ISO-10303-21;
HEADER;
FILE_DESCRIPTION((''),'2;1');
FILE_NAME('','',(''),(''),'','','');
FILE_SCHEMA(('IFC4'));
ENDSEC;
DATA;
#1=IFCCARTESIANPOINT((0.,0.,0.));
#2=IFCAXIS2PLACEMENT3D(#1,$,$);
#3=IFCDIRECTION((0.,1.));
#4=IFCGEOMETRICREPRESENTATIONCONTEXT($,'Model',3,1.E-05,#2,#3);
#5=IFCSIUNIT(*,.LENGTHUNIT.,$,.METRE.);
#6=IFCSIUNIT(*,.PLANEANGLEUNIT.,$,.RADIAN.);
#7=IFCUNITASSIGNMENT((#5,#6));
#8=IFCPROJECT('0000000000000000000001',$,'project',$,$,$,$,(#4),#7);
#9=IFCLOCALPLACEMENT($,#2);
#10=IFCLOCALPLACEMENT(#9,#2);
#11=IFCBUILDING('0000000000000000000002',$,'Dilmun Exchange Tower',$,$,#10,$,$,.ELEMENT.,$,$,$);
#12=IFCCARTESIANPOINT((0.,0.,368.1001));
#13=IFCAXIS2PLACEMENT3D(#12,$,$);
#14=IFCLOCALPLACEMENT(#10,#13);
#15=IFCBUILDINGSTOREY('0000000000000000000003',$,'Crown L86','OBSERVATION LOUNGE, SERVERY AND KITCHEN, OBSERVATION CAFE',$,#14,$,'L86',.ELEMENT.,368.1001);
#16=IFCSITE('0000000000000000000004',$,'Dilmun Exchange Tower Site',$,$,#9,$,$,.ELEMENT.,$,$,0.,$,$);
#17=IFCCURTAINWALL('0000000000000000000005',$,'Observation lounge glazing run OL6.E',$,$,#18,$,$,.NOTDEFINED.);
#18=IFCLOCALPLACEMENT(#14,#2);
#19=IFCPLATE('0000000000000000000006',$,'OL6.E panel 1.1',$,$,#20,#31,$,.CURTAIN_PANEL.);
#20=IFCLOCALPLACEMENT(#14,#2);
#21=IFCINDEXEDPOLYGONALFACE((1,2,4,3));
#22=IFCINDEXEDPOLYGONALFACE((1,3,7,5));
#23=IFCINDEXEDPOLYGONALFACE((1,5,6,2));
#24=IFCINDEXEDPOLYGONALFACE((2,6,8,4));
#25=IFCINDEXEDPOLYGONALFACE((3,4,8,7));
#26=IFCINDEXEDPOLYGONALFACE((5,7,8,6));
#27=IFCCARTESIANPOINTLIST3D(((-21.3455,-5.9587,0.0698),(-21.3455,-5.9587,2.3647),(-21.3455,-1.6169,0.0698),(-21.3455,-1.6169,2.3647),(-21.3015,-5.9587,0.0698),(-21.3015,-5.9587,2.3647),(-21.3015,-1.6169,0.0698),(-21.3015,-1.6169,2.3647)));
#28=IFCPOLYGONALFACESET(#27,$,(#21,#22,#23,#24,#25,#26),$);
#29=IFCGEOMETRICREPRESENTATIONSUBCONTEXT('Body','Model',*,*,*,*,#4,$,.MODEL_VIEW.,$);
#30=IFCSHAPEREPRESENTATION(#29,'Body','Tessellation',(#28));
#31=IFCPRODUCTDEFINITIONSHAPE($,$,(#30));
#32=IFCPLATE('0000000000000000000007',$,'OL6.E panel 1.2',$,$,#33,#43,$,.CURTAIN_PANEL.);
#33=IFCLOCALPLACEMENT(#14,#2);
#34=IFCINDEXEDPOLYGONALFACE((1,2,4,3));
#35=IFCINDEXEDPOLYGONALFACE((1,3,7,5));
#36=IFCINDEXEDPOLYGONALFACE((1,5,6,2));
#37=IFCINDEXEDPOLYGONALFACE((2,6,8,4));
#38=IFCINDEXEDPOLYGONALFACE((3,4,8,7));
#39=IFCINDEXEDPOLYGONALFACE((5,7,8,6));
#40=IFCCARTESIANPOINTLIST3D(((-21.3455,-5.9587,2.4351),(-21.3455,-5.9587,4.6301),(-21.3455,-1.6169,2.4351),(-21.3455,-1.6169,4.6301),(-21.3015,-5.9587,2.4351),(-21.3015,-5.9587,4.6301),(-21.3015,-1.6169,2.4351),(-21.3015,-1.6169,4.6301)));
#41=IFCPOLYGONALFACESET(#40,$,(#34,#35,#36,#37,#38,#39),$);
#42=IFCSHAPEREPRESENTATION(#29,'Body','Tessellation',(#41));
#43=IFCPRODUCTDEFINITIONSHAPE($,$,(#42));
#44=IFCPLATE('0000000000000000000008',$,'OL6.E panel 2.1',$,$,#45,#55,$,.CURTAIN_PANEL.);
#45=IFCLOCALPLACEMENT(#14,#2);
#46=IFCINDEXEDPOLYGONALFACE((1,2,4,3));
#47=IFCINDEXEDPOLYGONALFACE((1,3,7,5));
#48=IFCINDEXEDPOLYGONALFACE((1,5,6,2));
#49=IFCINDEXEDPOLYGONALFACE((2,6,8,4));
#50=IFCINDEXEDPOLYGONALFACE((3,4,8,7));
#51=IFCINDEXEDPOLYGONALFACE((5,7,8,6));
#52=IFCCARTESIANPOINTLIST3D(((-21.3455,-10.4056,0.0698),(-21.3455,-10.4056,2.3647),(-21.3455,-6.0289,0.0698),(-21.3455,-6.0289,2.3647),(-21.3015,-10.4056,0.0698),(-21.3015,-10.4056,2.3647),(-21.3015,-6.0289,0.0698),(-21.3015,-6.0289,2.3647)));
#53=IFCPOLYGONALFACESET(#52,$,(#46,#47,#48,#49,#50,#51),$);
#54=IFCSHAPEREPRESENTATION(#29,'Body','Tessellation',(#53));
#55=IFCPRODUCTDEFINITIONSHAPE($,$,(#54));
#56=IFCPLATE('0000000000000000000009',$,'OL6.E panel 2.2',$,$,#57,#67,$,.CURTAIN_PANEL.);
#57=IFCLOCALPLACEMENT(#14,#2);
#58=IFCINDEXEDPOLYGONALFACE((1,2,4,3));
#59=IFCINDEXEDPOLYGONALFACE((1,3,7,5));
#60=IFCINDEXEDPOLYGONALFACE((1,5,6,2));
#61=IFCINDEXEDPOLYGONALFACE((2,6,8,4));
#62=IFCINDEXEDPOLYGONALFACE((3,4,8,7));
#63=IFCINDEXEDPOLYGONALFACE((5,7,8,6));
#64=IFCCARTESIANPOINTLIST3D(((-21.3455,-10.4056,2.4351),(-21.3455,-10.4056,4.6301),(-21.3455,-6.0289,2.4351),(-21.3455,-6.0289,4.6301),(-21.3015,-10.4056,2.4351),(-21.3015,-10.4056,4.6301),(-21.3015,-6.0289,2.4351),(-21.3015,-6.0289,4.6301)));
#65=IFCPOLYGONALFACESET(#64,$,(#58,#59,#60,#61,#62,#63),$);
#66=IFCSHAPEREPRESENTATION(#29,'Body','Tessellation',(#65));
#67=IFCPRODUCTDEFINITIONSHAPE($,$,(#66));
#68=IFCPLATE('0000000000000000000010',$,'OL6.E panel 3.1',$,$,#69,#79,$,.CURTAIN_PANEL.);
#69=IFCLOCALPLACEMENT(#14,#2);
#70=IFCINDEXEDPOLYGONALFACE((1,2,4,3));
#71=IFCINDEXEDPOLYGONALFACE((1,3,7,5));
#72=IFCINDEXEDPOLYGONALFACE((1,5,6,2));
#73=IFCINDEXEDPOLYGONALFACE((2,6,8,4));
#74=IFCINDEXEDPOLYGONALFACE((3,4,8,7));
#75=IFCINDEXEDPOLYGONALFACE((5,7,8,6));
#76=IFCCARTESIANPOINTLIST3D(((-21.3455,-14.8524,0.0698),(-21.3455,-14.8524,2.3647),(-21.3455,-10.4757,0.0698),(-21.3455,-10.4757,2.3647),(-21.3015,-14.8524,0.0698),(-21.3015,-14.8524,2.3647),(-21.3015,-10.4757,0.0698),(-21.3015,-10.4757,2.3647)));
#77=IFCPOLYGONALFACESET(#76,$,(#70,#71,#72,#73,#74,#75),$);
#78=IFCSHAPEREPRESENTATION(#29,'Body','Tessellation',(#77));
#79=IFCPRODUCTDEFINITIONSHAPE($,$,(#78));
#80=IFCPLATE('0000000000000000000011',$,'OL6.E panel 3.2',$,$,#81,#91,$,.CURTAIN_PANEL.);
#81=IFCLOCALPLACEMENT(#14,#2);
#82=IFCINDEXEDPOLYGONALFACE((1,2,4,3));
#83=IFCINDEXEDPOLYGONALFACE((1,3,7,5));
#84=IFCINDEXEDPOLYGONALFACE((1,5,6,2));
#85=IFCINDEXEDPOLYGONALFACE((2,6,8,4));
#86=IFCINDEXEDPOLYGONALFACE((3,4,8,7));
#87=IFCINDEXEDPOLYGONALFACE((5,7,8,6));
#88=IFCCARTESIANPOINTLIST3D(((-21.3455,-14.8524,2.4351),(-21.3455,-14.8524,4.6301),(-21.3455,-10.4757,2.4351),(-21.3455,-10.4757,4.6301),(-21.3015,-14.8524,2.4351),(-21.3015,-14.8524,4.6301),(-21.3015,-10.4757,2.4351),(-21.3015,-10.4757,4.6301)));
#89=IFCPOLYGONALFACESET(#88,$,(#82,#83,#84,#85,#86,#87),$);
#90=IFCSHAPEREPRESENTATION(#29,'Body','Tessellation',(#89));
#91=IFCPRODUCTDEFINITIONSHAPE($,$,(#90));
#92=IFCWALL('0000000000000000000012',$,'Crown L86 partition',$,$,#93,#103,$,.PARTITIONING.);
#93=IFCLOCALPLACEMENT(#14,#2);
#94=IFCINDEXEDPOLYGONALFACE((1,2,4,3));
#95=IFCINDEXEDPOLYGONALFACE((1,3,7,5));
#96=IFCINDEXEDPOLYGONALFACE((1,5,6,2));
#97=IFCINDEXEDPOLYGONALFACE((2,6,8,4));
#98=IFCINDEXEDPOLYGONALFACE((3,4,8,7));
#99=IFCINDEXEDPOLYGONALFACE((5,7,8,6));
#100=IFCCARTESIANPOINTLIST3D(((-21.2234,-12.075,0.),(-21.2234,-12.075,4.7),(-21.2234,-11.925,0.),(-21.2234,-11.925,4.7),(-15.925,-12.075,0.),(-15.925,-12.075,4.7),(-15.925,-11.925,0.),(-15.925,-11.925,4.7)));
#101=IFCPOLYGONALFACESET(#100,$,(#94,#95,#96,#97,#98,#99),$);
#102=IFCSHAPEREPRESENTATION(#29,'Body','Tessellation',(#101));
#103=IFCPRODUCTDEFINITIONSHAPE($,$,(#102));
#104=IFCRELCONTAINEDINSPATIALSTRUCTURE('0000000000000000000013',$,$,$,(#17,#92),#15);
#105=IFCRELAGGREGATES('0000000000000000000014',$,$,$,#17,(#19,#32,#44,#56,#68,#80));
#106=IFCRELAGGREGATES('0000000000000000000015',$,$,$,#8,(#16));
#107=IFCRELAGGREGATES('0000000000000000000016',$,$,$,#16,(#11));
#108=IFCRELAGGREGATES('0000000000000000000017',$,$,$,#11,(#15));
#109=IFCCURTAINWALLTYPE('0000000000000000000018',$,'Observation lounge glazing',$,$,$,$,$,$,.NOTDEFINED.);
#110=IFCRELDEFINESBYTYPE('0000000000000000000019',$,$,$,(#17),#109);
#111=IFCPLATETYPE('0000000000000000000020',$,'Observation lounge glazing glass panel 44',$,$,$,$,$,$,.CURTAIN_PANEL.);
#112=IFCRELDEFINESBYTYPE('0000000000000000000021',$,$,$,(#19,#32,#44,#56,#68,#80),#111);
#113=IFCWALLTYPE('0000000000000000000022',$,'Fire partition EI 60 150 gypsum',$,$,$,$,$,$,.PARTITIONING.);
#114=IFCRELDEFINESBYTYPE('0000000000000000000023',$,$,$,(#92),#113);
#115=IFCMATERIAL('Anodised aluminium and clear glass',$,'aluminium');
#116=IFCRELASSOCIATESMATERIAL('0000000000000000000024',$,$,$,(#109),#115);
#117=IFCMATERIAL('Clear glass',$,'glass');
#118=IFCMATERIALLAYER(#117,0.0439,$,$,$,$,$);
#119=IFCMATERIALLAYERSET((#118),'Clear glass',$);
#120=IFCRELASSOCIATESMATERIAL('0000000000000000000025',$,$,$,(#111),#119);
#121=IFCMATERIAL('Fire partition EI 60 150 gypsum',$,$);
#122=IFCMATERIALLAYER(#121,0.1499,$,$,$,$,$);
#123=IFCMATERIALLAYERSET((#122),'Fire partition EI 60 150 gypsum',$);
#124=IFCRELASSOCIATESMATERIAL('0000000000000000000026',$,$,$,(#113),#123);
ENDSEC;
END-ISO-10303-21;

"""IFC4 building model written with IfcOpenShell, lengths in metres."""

from ifc_helpers import new_model, si_unit, direction, frame, frame_2d, origin, origin_2d, place, context, subcontext, project, spatial, rectangle, extrude, material, layer, layer_set, type_object, element, aggregate, save


model = new_model("IFC4")

# Units and contexts
model_context = context("Model", 3, precision=1e-05, world=origin(), true_north=direction((0.0, 1.0)))
body_context = subcontext(model_context, "Body", "Model", "MODEL_VIEW")
ifc_project = project(units=[si_unit("LENGTHUNIT", "METRE"), si_unit("PLANEANGLEUNIT", "RADIAN")], contexts=[model_context])

# Site, building, storey
site_placement = place(None, origin())
site = spatial("IfcSite", under=ifc_project, at=site_placement, Name="Dilmun Exchange Tower Site", CompositionType="ELEMENT", RefElevation=0.0)
building_placement = place(site_placement, origin())
building = spatial("IfcBuilding", under=site, at=building_placement, Name="Dilmun Exchange Tower", CompositionType="ELEMENT")
storey_placement = place(building_placement, frame((0.0, 0.0, 368.1001)))
storey = spatial("IfcBuildingStorey", under=building, at=storey_placement, Name="Crown L86", Description="OBSERVATION LOUNGE, SERVERY AND KITCHEN, OBSERVATION CAFE", LongName="L86", CompositionType="ELEMENT", Elevation=368.1001)

# Curtain wall
ifc_material_1 = material(Name="Anodised aluminium and clear glass", Category="aluminium")
curtain_wall_type = type_object("IfcCurtainWallType", Name="Observation lounge glazing", PredefinedType="NOTDEFINED", material=ifc_material_1)
curtain_wall_placement = place(storey_placement, origin())
curtain_wall = element("IfcCurtainWall", 1, at=curtain_wall_placement, inside=storey, type_object=curtain_wall_type, Name="Observation lounge glazing run OL6.E", PredefinedType="NOTDEFINED")

# Plates
ifc_material_2 = material(Name="Clear glass", Category="glass")
ifc_layer_1 = layer(ifc_material_2, 0.0439)
ifc_layer_set_1 = layer_set([ifc_layer_1], Name="Clear glass")
plate_type = type_object("IfcPlateType", Name="Observation lounge glazing glass panel 44", PredefinedType="CURTAIN_PANEL", material=ifc_layer_set_1)
plate_1_placement = place(storey_placement, frame((-21.3235, -3.7878, 0.0698), z_axis=(0.0, 0.0, 1.0), x_axis=(0.0, -1.0, 0.0)))
plate_1 = element("IfcPlate", 2, at=plate_1_placement, type_object=plate_type, Name="OL6.E panel 1.1", PredefinedType="CURTAIN_PANEL", context=body_context, shape_type="SweptSolid", body=[
    extrude(rectangle(XDim=4.3418, YDim=0.0439, at=origin_2d()), origin(), (0.0, 0.0, 1.0), 2.2949),
])
plate_2_placement = place(storey_placement, frame((-21.3235, -3.7878, 2.4351), z_axis=(0.0, 0.0, 1.0), x_axis=(0.0, -1.0, 0.0)))
plate_2 = element("IfcPlate", 3, at=plate_2_placement, type_object=plate_type, Name="OL6.E panel 1.2", PredefinedType="CURTAIN_PANEL", context=body_context, shape_type="SweptSolid", body=[
    extrude(rectangle(XDim=4.3418, YDim=0.0439, at=origin_2d()), origin(), (0.0, 0.0, 1.0), 2.1951),
])
plate_3_placement = place(storey_placement, frame((-21.3235, -8.2173, 0.0698), z_axis=(0.0, 0.0, 1.0), x_axis=(0.0, -1.0, 0.0)))
plate_3 = element("IfcPlate", 4, at=plate_3_placement, type_object=plate_type, Name="OL6.E panel 2.1", PredefinedType="CURTAIN_PANEL", context=body_context, shape_type="SweptSolid", body=[
    extrude(rectangle(XDim=4.3767, YDim=0.0439, at=origin_2d()), origin(), (0.0, 0.0, 1.0), 2.2949),
])
plate_4_placement = place(storey_placement, frame((-21.3235, -8.2173, 2.4351), z_axis=(0.0, 0.0, 1.0), x_axis=(0.0, -1.0, 0.0)))
plate_4 = element("IfcPlate", 5, at=plate_4_placement, type_object=plate_type, Name="OL6.E panel 2.2", PredefinedType="CURTAIN_PANEL", context=body_context, shape_type="SweptSolid", body=[
    extrude(rectangle(XDim=4.3767, YDim=0.0439, at=origin_2d()), origin(), (0.0, 0.0, 1.0), 2.1951),
])
plate_5_placement = place(storey_placement, frame((-21.3235, -12.6641, 0.0698), z_axis=(0.0, 0.0, 1.0), x_axis=(0.0, -1.0, 0.0)))
plate_5 = element("IfcPlate", 6, at=plate_5_placement, type_object=plate_type, Name="OL6.E panel 3.1", PredefinedType="CURTAIN_PANEL", context=body_context, shape_type="SweptSolid", body=[
    extrude(rectangle(XDim=4.3767, YDim=0.0439, at=origin_2d()), origin(), (0.0, 0.0, 1.0), 2.2949),
])
plate_6_placement = place(storey_placement, frame((-21.3235, -12.6641, 2.4351), z_axis=(0.0, 0.0, 1.0), x_axis=(0.0, -1.0, 0.0)))
plate_6 = element("IfcPlate", 7, at=plate_6_placement, type_object=plate_type, Name="OL6.E panel 3.2", PredefinedType="CURTAIN_PANEL", context=body_context, shape_type="SweptSolid", body=[
    extrude(rectangle(XDim=4.3767, YDim=0.0439, at=origin_2d()), origin(), (0.0, 0.0, 1.0), 2.1951),
])
aggregate(curtain_wall, [plate_1, plate_2, plate_3, plate_4, plate_5, plate_6])

# Wall
ifc_material_3 = material(Name="Fire partition EI 60 150 gypsum")
ifc_layer_2 = layer(ifc_material_3, 0.1499)
ifc_layer_set_2 = layer_set([ifc_layer_2], Name="Fire partition EI 60 150 gypsum")
wall_type = type_object("IfcWallType", Name="Fire partition EI 60 150 gypsum", PredefinedType="PARTITIONING", material=ifc_layer_set_2)
wall_placement = place(storey_placement, frame((-21.2234, -12.0, 0.0), z_axis=(0.0, 0.0, 1.0), x_axis=(1.0, 0.0, 0.0)))
element("IfcWall", 8, at=wall_placement, inside=storey, type_object=wall_type, Name="Crown L86 partition", PredefinedType="PARTITIONING", context=body_context, shape_type="SweptSolid", body=[
    extrude(rectangle(XDim=5.2983, YDim=0.1499, at=frame_2d((2.6492, 0.0))), origin(), (0.0, 0.0, 1.0), 4.7),
])

save(model, "model.ifc")
